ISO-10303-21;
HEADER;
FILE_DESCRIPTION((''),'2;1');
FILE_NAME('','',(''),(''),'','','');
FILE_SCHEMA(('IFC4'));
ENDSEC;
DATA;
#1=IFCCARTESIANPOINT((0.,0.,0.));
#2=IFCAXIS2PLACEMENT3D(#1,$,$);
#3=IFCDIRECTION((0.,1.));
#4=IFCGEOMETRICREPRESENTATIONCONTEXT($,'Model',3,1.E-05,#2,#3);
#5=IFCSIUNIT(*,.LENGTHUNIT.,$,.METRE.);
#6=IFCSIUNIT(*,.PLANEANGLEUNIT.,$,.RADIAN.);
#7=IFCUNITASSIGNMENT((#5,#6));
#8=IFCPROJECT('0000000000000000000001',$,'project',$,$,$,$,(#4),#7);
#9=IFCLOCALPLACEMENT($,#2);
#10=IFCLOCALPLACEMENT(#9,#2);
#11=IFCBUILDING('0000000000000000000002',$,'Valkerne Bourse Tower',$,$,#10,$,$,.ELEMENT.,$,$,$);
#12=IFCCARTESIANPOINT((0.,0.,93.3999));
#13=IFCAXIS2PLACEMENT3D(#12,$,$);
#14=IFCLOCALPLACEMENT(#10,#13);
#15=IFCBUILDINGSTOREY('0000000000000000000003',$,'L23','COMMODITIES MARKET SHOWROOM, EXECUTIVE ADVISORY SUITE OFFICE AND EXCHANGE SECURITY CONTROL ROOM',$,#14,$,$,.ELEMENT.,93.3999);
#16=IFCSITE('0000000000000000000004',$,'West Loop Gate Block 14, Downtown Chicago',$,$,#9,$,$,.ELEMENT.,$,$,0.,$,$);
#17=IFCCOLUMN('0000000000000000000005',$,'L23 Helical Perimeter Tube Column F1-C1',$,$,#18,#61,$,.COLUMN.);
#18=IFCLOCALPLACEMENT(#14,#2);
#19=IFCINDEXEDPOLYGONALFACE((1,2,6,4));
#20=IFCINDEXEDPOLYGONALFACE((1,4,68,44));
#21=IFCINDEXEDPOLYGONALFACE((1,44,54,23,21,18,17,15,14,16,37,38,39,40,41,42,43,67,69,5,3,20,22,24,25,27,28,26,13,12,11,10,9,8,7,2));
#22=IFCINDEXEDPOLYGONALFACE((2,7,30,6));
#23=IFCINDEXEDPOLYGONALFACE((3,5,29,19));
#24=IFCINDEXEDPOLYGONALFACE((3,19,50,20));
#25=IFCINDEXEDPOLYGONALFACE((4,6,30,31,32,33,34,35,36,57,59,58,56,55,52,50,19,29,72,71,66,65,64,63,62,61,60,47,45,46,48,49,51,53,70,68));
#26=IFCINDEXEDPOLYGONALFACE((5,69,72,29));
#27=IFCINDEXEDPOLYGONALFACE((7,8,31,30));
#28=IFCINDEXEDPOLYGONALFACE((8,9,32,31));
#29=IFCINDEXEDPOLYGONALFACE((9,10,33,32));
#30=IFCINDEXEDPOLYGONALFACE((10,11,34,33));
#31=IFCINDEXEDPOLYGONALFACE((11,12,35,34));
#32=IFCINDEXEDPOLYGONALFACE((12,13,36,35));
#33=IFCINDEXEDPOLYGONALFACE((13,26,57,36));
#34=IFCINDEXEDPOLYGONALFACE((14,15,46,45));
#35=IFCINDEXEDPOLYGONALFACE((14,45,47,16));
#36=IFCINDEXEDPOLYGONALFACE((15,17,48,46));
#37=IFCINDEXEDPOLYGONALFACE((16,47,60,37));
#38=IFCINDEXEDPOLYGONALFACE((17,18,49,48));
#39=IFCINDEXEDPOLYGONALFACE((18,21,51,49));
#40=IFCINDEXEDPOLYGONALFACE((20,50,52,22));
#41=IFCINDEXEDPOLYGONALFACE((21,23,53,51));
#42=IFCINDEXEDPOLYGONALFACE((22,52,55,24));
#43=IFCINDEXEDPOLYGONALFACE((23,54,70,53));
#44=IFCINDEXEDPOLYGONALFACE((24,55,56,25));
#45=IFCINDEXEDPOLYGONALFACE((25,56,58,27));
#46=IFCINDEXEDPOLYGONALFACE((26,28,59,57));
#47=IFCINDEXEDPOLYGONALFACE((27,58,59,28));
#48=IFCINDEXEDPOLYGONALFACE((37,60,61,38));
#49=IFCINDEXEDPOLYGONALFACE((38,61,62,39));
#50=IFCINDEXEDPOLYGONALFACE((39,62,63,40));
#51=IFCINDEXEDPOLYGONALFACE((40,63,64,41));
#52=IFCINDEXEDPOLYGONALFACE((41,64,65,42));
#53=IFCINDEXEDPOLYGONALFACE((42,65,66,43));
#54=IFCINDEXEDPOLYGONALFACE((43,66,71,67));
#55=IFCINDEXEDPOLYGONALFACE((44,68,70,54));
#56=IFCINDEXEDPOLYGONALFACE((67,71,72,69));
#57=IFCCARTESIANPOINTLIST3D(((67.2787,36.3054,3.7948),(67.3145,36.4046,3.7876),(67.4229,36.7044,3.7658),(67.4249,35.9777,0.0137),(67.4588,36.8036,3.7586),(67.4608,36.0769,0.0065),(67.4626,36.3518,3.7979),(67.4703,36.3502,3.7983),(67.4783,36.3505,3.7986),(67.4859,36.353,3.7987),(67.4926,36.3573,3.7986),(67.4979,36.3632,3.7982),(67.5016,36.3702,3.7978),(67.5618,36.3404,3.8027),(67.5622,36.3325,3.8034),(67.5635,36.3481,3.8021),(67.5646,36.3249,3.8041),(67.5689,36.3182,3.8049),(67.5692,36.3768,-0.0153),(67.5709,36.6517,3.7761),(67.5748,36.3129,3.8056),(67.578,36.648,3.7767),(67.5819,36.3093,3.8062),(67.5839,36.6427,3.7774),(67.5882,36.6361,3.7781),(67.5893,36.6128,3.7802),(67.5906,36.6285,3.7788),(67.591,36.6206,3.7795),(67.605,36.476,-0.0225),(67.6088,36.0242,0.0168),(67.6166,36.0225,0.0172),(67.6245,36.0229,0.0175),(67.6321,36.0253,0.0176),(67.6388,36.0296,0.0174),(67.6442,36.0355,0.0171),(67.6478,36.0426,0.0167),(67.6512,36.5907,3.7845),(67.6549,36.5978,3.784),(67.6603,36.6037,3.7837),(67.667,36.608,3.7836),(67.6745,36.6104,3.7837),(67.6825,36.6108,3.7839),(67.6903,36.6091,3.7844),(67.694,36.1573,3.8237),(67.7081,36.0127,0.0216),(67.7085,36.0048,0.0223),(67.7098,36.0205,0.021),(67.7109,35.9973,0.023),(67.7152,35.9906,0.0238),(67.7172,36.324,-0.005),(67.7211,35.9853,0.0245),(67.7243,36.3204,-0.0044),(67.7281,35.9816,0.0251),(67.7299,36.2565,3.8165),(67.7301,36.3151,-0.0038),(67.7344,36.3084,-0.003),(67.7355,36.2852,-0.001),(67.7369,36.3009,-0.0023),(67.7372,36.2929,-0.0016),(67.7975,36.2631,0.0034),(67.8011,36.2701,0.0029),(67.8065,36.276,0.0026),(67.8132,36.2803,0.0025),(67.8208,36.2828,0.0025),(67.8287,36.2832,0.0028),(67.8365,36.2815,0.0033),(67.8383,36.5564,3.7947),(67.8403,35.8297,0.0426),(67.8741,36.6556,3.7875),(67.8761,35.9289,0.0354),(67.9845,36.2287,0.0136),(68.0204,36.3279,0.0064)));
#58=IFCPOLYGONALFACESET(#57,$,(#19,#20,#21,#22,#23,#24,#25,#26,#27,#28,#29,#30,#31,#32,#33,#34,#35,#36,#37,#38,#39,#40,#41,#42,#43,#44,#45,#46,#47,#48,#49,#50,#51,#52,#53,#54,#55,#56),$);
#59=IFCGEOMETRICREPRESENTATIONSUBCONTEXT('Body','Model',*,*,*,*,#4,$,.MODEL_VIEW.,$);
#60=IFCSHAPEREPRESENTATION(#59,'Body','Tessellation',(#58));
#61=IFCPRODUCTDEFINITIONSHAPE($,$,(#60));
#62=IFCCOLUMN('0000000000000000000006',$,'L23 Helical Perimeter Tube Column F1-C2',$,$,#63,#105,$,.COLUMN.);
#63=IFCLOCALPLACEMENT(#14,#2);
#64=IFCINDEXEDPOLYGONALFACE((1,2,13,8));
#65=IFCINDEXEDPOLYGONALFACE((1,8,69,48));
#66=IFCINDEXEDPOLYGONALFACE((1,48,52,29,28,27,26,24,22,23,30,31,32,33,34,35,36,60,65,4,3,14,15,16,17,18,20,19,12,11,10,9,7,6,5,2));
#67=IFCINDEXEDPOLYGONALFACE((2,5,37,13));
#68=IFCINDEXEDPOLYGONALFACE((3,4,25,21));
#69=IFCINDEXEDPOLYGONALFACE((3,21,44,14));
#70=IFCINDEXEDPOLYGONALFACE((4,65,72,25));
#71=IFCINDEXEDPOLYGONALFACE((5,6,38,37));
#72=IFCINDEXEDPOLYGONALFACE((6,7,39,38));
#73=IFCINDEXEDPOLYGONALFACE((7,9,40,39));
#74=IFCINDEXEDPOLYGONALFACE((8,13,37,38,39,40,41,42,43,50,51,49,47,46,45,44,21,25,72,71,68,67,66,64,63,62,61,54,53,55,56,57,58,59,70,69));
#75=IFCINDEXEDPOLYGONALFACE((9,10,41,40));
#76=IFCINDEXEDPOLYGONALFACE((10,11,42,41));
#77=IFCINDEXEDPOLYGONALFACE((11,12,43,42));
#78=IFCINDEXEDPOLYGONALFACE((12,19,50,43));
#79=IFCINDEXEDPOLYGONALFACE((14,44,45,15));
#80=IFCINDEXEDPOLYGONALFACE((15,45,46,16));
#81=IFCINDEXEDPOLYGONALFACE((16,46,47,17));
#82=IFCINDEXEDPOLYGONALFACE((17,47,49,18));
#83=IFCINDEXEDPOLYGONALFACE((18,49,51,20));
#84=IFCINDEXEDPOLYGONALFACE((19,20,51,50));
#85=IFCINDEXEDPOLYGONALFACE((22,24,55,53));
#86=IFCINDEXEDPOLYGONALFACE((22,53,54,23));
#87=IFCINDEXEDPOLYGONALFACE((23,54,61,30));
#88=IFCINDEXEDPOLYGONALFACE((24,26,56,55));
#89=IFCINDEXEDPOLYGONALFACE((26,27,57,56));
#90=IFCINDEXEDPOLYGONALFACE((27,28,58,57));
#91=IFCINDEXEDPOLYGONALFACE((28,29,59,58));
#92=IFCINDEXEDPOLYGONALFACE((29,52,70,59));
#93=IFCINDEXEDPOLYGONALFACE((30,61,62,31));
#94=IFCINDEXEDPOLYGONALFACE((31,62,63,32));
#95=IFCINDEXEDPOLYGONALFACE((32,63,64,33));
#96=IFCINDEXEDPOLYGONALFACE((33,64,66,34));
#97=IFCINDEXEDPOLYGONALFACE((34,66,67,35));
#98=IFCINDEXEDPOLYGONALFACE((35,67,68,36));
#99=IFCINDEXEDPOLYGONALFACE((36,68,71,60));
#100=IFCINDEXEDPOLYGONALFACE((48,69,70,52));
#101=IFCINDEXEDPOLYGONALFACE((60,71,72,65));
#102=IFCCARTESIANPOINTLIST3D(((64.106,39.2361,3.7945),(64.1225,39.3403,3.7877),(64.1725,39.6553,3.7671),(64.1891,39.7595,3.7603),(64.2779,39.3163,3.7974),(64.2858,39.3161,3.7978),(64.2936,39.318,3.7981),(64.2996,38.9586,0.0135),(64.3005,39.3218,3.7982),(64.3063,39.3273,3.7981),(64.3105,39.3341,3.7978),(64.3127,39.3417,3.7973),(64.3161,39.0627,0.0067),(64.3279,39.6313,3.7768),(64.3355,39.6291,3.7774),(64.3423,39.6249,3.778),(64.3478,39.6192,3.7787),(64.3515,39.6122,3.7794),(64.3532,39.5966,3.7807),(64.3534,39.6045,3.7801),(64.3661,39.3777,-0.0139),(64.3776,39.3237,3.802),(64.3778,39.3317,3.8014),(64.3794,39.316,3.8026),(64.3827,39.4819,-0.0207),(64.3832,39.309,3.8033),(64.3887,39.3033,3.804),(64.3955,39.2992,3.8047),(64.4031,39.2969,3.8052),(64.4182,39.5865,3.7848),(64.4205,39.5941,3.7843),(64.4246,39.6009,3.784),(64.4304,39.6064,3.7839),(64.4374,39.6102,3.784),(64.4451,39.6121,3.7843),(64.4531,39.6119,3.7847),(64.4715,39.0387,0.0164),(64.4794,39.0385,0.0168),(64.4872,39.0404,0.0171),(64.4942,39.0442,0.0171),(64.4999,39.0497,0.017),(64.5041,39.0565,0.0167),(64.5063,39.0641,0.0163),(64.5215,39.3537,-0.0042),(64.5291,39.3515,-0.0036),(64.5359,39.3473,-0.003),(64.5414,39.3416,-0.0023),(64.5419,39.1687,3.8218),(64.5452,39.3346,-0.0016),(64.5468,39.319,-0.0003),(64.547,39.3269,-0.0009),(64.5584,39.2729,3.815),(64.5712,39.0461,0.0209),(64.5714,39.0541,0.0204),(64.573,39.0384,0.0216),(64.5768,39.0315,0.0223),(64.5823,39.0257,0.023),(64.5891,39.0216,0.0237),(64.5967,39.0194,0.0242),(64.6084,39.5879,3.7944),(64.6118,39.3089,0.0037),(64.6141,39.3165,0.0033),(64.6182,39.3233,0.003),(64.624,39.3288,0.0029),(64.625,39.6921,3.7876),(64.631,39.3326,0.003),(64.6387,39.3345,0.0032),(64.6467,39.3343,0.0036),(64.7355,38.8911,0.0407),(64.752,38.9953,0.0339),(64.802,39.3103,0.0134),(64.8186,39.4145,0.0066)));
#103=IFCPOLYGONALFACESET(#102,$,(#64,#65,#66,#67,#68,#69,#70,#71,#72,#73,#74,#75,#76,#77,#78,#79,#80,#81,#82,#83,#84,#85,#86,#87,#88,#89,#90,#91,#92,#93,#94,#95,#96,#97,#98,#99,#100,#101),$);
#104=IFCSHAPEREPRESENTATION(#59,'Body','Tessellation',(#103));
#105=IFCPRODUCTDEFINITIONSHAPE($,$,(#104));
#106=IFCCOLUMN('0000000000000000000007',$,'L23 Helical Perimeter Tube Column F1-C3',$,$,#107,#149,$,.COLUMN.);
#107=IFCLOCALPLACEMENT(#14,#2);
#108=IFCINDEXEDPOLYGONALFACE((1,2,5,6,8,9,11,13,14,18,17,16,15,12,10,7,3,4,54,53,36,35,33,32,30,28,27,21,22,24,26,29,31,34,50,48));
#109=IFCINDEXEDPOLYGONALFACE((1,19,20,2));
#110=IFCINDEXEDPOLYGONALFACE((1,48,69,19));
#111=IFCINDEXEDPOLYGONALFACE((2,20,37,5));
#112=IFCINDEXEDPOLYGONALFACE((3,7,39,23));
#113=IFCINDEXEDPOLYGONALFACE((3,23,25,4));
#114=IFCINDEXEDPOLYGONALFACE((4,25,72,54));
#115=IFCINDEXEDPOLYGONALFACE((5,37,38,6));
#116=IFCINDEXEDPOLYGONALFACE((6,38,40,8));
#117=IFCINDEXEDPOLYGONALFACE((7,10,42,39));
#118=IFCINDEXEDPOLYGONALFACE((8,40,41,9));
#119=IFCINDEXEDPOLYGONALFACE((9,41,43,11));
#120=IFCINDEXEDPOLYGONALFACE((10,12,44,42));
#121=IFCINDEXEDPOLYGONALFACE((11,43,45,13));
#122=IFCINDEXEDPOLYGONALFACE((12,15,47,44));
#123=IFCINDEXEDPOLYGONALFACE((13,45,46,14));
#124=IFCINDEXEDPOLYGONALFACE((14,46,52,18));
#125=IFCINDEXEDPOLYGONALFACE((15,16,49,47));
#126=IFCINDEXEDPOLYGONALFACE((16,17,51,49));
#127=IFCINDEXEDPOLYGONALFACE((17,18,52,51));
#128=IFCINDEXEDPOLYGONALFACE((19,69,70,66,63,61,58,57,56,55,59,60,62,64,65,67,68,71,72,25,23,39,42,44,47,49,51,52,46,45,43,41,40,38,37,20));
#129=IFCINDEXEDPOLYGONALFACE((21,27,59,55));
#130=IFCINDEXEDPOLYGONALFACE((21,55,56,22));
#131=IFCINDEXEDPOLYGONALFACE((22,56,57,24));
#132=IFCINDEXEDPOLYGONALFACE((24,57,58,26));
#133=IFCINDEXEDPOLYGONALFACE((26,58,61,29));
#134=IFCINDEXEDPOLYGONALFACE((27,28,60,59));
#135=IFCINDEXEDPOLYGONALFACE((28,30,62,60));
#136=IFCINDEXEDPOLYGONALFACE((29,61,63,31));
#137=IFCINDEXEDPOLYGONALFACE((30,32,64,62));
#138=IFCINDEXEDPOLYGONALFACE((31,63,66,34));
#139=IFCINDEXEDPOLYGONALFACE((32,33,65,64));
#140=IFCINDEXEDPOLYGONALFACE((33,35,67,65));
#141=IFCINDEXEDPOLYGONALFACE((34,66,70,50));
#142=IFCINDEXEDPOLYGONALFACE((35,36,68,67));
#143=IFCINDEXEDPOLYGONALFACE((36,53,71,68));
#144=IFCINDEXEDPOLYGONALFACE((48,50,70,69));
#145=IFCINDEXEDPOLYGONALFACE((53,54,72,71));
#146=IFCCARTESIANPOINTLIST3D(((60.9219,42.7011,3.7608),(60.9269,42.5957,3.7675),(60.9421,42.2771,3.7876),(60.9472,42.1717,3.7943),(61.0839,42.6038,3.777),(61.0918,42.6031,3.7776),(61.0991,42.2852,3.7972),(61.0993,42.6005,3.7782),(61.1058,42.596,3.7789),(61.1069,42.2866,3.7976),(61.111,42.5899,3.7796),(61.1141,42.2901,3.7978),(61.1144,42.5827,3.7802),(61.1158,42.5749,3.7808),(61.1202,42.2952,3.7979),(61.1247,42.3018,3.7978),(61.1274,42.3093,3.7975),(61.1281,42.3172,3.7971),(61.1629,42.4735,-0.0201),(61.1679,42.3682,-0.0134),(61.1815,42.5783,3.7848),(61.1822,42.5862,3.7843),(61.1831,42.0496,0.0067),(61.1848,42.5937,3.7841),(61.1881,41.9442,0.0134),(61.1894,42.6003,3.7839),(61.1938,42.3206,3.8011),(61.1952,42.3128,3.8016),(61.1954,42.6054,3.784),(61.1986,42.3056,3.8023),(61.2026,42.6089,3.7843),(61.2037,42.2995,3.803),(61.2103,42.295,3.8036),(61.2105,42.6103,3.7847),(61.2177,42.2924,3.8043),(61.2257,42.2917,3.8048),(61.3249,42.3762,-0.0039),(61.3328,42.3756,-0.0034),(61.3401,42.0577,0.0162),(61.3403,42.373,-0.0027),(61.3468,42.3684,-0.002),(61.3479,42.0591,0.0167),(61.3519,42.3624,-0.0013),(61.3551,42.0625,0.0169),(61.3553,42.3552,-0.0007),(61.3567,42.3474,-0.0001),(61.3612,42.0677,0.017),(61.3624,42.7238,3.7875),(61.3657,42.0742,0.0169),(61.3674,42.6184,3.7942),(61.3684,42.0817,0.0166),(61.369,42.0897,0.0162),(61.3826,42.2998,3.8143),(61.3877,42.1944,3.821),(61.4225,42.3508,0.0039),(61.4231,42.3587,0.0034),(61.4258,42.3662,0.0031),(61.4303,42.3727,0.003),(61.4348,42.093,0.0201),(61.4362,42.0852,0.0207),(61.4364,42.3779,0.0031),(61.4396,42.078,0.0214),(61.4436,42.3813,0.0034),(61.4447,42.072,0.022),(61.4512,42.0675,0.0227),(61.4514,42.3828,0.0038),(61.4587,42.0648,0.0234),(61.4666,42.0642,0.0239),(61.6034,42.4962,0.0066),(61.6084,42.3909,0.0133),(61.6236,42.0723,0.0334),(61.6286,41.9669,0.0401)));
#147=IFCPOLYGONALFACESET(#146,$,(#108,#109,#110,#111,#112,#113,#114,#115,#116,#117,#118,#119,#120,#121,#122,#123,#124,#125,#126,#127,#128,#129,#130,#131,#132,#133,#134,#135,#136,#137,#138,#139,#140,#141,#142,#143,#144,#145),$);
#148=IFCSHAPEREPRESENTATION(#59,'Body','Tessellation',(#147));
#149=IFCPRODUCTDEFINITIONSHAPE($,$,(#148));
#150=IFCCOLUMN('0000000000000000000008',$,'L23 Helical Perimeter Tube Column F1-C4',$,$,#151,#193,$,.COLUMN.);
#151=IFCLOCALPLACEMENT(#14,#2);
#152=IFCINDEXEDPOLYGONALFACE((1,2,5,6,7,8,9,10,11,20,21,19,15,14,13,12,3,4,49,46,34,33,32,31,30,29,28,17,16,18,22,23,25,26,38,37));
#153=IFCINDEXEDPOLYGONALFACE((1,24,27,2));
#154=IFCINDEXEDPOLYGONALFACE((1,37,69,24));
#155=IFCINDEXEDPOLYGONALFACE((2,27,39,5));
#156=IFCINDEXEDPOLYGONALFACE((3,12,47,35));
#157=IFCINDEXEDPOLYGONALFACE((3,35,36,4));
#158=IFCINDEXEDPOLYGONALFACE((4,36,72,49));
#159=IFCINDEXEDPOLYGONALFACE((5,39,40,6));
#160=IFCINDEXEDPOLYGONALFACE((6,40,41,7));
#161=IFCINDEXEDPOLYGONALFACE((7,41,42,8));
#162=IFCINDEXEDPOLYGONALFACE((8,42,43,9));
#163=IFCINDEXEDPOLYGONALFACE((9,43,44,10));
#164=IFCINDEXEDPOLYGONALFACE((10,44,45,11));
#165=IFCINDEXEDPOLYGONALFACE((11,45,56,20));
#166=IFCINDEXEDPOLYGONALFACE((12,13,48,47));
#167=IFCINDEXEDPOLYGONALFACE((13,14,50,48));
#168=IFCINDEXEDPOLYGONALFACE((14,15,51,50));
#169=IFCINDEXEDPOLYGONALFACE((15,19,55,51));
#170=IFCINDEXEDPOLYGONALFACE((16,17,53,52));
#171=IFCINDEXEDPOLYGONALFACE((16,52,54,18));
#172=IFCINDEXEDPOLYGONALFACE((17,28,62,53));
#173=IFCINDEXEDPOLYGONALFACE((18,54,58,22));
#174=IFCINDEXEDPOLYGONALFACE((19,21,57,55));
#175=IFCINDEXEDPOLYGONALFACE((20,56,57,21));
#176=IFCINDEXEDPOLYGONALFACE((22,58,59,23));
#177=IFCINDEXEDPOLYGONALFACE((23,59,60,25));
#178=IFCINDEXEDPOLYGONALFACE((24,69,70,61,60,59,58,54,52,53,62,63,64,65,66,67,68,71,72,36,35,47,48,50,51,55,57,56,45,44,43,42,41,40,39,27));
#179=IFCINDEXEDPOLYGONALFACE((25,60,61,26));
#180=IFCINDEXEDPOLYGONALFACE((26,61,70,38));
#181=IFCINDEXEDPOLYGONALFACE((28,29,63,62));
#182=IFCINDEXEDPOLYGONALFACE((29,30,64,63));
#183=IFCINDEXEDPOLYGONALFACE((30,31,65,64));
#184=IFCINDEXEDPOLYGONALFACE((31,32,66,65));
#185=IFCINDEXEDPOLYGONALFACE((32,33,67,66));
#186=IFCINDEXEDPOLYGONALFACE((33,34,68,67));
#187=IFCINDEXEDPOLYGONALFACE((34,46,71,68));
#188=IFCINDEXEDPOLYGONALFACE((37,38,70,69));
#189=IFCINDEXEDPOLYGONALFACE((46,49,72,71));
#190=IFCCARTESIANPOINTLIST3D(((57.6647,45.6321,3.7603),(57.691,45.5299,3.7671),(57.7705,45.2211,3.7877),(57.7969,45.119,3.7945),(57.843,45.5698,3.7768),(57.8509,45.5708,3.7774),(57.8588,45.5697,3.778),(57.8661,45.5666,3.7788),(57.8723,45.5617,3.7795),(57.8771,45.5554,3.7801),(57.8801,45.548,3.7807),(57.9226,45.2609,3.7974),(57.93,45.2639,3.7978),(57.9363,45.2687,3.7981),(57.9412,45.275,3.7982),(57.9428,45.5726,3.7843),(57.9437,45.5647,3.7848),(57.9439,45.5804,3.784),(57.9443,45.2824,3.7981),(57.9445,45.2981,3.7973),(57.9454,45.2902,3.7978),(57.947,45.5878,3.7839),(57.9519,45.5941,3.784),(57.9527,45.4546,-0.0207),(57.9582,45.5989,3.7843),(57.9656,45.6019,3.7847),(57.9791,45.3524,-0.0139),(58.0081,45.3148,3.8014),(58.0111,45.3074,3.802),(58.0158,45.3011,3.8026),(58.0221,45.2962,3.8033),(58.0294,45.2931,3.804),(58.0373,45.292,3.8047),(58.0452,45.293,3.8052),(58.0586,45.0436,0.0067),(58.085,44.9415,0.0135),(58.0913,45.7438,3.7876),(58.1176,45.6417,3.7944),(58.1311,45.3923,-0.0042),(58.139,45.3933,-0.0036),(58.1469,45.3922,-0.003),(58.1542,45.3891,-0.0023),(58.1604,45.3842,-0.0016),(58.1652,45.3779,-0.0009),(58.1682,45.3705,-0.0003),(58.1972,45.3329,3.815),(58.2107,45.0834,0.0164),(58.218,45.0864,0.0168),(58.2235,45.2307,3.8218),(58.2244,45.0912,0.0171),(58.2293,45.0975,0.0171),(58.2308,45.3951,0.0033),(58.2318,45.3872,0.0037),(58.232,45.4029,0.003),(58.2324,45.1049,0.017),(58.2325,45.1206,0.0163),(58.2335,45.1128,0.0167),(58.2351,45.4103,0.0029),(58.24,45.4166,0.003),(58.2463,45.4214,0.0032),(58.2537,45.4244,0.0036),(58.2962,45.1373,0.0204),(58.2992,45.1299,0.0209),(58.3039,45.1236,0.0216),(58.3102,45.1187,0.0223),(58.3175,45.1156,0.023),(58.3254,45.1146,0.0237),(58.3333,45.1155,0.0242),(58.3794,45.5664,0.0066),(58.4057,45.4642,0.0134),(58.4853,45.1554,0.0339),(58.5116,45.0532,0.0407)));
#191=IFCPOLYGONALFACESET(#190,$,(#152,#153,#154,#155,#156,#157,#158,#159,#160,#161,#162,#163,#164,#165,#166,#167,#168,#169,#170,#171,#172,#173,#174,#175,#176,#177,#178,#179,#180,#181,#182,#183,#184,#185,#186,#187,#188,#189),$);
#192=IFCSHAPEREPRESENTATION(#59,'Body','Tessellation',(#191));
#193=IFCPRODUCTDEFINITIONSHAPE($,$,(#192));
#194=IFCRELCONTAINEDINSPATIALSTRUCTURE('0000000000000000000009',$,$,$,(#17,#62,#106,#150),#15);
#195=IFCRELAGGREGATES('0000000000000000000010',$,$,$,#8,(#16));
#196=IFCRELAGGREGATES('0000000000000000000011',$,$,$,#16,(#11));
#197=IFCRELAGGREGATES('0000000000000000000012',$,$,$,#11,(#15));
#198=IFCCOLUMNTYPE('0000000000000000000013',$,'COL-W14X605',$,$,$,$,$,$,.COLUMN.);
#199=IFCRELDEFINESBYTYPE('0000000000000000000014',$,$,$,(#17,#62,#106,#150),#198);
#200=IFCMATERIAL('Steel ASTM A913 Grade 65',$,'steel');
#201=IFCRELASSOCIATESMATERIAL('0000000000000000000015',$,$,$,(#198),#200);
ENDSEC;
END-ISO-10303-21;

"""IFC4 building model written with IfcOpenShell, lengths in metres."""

from ifc_helpers import new_model, si_unit, direction, frame, origin, origin_2d, place, context, subcontext, project, spatial, i_section, extrude, material, material_profile, profile_set, type_object, element, save


model = new_model("IFC4")

# Units and contexts
model_context = context("Model", 3, precision=1e-05, world=origin(), true_north=direction((0.0, 1.0)))
body_context = subcontext(model_context, "Body", "Model", "MODEL_VIEW")
ifc_project = project(units=[si_unit("LENGTHUNIT", "METRE"), si_unit("PLANEANGLEUNIT", "RADIAN")], contexts=[model_context])

# Site, building, storey
site_placement = place(None, origin())
site = spatial("IfcSite", under=ifc_project, at=site_placement, Name="West Loop Gate Block 14, Downtown Chicago", CompositionType="ELEMENT", RefElevation=0.0)
building_placement = place(site_placement, origin())
building = spatial("IfcBuilding", under=site, at=building_placement, Name="Valkerne Bourse Tower", CompositionType="ELEMENT")
storey_placement = place(building_placement, frame((0.0, 0.0, 93.3999)))
storey = spatial("IfcBuildingStorey", under=building, at=storey_placement, Name="L23", Description="COMMODITIES MARKET SHOWROOM, EXECUTIVE ADVISORY SUITE OFFICE AND EXCHANGE SECURITY CONTROL ROOM", CompositionType="ELEMENT", Elevation=93.3999)

# Columns
ifc_material_1 = material(Name="Steel ASTM A913 Grade 65", Category="steel")
ifc_material_profile_1 = material_profile(ifc_material_1, i_section(OverallWidth=0.4419, OverallDepth=0.531, WebThickness=0.0659, FlangeThickness=0.1057, FilletRadius=0.0305, at=origin_2d()), Name="W14X605")
ifc_profile_set_1 = profile_set([ifc_material_profile_1], Name="Steel ASTM A913 Grade 65")
column_type = type_object("IfcColumnType", Name="COL-W14X605", PredefinedType="COLUMN", material=ifc_profile_set_1)
column_1_placement = place(storey_placement, frame((67.7227, 36.1528, 0.01), z_axis=(-0.038505, 0.086266, 0.995528), x_axis=(0.939935, -0.335032, 0.065386)))
element("IfcColumn", 1, at=column_1_placement, inside=storey, type_object=column_type, Name="L23 Helical Perimeter Tube Column F1-C1", PredefinedType="COLUMN", context=body_context, shape_type="SweptSolid", body=[
    extrude(i_section(OverallWidth=0.4419, OverallDepth=0.531, WebThickness=0.0659, FlangeThickness=0.1057, FilletRadius=0.0305, at=origin_2d()), origin(), (0.0, 0.0, 1.0), 3.7981),
])
column_2_placement = place(storey_placement, frame((64.5591, 39.1865, 0.01), z_axis=(-0.051, 0.073124, 0.996018), x_axis=(0.986367, -0.152556, 0.061706)))
element("IfcColumn", 2, at=column_2_placement, inside=storey, type_object=column_type, Name="L23 Helical Perimeter Tube Column F1-C2", PredefinedType="COLUMN", context=body_context, shape_type="SweptSolid", body=[
    extrude(i_section(OverallWidth=0.4419, OverallDepth=0.531, WebThickness=0.0659, FlangeThickness=0.1057, FilletRadius=0.0305, at=origin_2d()), origin(), (0.0, 0.0, 1.0), 3.7961),
])
column_3_placement = place(storey_placement, frame((61.3958, 42.2202, 0.01), z_axis=(-0.063487, 0.05995, 0.99618), x_axis=(0.996848, 0.051392, 0.060437)))
element("IfcColumn", 3, at=column_3_placement, inside=storey, type_object=column_type, Name="L23 Helical Perimeter Tube Column F1-C3", PredefinedType="COLUMN", context=body_context, shape_type="SweptSolid", body=[
    extrude(i_section(OverallWidth=0.4419, OverallDepth=0.531, WebThickness=0.0659, FlangeThickness=0.1057, FilletRadius=0.0305, at=origin_2d()), origin(), (0.0, 0.0, 1.0), 3.7954),
])
column_4_placement = place(storey_placement, frame((58.2322, 45.2539, 0.01), z_axis=(-0.07589, 0.046756, 0.996019), x_axis=(0.965527, 0.252885, 0.061695)))
element("IfcColumn", 4, at=column_4_placement, inside=storey, type_object=column_type, Name="L23 Helical Perimeter Tube Column F1-C4", PredefinedType="COLUMN", context=body_context, shape_type="SweptSolid", body=[
    extrude(i_section(OverallWidth=0.4419, OverallDepth=0.531, WebThickness=0.0659, FlangeThickness=0.1057, FilletRadius=0.0305, at=origin_2d()), origin(), (0.0, 0.0, 1.0), 3.7961),
])

save(model, "model.ifc")
